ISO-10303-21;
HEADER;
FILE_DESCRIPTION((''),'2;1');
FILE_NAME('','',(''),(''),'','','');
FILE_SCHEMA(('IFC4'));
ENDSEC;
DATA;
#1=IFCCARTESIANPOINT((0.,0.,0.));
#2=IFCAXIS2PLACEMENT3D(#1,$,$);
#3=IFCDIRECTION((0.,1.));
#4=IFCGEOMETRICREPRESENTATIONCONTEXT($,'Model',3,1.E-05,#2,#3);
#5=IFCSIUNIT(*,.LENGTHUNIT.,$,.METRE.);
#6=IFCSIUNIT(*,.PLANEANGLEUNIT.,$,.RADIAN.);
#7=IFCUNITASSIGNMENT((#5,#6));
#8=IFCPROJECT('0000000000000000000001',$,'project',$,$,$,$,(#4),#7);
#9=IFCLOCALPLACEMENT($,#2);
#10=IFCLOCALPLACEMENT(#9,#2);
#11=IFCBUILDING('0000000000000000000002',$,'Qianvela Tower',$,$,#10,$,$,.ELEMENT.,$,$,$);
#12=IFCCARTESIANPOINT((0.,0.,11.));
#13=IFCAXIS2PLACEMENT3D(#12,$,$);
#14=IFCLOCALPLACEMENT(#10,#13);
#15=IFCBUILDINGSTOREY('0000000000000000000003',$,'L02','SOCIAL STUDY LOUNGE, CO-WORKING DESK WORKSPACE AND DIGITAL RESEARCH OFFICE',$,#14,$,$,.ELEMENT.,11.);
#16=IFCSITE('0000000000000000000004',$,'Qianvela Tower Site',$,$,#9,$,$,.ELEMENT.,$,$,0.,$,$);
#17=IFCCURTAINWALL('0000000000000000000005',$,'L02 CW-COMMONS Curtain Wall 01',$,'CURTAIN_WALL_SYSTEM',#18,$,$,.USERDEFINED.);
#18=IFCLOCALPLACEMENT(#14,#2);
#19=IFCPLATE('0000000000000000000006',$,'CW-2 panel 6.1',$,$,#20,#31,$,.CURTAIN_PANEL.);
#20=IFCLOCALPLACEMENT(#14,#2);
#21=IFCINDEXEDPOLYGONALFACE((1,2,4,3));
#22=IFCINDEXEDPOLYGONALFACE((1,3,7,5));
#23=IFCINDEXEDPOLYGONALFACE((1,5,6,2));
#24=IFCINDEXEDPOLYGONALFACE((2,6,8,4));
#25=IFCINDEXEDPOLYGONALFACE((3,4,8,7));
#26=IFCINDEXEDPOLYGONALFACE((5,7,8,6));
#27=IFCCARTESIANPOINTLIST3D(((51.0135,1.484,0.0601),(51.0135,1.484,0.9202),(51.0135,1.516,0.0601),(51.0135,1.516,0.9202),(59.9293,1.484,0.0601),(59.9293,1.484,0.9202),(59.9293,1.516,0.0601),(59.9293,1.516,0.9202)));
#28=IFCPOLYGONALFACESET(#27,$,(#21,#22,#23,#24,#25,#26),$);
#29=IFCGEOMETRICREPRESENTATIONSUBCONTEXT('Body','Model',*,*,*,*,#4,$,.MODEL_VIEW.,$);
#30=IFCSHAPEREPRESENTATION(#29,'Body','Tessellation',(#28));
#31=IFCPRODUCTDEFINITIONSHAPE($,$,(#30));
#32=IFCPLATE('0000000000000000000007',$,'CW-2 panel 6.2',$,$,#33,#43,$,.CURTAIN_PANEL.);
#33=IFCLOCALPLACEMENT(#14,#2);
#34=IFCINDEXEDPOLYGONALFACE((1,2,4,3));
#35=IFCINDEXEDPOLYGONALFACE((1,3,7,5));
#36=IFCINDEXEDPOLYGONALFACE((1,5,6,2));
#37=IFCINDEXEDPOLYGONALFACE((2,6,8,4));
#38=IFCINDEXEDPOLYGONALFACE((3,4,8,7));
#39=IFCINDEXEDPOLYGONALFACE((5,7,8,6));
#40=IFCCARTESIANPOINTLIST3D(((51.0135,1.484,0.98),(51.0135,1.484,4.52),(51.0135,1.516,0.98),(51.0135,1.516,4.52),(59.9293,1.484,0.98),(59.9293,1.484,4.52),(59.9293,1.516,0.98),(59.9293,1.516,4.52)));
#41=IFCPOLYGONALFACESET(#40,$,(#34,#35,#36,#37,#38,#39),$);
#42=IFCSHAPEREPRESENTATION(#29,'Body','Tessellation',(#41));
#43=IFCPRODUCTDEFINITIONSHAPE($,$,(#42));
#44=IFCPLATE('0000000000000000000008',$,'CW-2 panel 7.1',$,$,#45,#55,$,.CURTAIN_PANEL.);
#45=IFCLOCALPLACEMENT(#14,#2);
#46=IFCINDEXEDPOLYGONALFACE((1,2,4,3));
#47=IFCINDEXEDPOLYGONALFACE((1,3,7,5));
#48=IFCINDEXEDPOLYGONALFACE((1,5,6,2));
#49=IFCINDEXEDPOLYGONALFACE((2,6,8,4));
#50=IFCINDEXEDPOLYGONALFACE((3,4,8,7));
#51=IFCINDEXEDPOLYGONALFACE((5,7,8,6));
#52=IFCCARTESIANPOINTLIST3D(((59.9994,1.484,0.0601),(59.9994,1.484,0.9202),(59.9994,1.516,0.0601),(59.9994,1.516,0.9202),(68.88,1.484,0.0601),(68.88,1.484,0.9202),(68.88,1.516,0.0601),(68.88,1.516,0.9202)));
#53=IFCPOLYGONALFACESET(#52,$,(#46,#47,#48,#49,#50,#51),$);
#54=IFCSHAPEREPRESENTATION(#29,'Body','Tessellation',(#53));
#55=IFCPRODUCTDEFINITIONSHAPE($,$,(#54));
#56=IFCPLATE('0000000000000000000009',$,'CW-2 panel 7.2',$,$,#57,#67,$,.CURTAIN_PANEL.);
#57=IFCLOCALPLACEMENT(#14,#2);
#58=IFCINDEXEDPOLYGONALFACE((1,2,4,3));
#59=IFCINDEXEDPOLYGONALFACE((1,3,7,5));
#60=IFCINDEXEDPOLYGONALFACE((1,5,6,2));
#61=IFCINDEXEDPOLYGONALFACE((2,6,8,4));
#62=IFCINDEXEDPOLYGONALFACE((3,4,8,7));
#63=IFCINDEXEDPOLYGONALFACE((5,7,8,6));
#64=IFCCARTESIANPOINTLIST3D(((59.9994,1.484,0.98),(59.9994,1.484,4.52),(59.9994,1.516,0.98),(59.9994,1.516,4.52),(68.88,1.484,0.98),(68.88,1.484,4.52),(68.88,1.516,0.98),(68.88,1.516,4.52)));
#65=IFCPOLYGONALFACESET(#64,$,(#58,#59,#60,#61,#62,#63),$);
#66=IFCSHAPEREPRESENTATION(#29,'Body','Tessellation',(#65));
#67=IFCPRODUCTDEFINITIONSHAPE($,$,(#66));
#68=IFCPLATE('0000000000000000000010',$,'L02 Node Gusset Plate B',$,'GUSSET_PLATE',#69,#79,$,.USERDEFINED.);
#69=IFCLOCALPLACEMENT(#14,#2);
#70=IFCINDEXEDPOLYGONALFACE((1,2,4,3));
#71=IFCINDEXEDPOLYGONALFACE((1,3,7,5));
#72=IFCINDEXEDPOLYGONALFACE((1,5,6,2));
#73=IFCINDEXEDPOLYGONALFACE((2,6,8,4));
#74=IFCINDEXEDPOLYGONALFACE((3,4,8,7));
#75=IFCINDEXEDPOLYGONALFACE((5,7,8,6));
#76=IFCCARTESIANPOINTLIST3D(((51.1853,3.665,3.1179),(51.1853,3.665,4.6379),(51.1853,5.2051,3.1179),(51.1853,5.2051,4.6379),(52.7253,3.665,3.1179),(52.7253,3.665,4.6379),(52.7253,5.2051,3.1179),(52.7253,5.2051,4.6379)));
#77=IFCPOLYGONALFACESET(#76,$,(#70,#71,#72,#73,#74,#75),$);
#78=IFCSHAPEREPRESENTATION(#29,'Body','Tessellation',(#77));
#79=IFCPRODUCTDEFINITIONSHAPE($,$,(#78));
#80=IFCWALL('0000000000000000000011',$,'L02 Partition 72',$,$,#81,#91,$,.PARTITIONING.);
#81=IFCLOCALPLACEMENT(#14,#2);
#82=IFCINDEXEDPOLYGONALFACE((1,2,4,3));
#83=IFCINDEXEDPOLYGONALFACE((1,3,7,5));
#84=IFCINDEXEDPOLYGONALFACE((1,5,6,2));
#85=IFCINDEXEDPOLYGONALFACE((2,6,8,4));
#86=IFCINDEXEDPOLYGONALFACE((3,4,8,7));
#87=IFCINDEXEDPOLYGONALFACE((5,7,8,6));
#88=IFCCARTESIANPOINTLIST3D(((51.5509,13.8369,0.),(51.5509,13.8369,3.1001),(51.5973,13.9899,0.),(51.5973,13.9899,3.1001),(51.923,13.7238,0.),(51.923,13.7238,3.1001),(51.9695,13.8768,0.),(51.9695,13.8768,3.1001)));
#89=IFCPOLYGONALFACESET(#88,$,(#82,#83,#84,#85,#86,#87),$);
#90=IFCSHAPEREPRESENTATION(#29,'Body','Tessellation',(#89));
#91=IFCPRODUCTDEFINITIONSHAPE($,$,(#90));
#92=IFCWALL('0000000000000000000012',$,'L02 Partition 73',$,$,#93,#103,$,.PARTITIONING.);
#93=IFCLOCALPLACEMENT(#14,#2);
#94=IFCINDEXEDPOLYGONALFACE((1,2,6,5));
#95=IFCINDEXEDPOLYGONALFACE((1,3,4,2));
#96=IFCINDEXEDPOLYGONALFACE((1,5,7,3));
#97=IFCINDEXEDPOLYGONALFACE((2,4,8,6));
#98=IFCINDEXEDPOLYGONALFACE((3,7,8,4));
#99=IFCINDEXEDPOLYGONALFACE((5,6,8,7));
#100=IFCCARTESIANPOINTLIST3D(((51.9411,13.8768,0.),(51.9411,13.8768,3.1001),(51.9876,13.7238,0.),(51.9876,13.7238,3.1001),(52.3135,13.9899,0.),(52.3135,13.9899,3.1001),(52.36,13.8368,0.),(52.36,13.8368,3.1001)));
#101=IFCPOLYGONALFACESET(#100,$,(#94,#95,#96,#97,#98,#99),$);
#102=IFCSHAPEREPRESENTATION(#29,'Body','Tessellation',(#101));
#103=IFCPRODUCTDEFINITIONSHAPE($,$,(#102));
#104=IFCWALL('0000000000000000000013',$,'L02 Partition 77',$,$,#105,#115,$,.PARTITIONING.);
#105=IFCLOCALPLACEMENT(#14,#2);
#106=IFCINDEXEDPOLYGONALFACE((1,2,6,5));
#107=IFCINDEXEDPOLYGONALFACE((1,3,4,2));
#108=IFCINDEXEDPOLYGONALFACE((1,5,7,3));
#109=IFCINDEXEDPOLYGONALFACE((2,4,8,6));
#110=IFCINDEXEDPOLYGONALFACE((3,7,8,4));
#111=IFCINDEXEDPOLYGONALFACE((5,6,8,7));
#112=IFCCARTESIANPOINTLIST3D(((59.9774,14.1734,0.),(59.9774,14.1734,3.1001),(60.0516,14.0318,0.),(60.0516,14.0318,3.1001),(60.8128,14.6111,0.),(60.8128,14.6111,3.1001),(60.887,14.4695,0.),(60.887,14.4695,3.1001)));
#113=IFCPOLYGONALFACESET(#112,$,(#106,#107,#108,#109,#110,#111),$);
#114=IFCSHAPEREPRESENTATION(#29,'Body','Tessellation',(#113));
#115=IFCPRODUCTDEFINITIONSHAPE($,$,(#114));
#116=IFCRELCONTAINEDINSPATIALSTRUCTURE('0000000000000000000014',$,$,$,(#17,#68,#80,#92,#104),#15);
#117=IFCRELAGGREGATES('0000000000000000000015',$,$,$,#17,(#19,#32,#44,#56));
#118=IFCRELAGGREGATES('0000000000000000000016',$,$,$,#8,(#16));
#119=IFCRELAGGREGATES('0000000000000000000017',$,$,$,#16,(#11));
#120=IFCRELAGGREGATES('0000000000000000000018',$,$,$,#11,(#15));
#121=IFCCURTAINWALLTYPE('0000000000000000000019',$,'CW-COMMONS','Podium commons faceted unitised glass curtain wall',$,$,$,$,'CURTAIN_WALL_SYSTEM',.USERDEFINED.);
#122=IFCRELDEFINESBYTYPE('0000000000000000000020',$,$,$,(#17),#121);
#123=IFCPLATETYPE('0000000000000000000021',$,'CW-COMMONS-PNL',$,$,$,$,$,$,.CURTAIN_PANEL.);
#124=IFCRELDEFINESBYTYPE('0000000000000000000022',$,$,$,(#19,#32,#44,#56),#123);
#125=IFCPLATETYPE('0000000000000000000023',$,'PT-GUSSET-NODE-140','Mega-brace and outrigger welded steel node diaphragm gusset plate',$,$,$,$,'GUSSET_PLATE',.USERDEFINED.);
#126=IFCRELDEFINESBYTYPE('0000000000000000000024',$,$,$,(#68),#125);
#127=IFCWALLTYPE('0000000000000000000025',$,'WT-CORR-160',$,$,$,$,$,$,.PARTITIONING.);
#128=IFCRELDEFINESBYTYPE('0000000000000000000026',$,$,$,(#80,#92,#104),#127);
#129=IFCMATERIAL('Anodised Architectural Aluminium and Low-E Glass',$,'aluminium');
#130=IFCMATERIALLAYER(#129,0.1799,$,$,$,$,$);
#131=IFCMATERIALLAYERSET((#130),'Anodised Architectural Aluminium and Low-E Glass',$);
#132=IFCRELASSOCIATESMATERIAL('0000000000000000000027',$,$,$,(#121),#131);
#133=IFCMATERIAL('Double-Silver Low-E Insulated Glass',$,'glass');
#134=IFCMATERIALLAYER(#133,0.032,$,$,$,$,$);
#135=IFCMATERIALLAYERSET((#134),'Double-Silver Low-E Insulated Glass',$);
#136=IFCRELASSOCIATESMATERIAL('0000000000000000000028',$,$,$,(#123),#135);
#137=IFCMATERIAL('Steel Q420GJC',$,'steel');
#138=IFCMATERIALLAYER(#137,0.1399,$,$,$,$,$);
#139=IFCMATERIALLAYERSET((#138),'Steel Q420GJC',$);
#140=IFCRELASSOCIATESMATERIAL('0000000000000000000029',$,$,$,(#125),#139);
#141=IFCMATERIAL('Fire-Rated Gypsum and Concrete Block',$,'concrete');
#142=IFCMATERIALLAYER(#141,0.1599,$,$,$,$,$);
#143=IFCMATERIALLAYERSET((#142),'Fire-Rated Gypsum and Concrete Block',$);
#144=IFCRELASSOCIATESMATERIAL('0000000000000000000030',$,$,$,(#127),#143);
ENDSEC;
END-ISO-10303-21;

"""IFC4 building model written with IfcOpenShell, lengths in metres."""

from ifc_helpers import new_model, si_unit, direction, frame, frame_2d, origin, origin_2d, place, context, subcontext, project, spatial, rectangle, extrude, material, layer, layer_set, type_object, element, aggregate, save


model = new_model("IFC4")

# Units and contexts
model_context = context("Model", 3, precision=1e-05, world=origin(), true_north=direction((0.0, 1.0)))
body_context = subcontext(model_context, "Body", "Model", "MODEL_VIEW")
ifc_project = project(units=[si_unit("LENGTHUNIT", "METRE"), si_unit("PLANEANGLEUNIT", "RADIAN")], contexts=[model_context])

# Site, building, storey
site_placement = place(None, origin())
site = spatial("IfcSite", under=ifc_project, at=site_placement, Name="Qianvela Tower Site", CompositionType="ELEMENT", RefElevation=0.0)
building_placement = place(site_placement, origin())
building = spatial("IfcBuilding", under=site, at=building_placement, Name="Qianvela Tower", CompositionType="ELEMENT")
storey_placement = place(building_placement, frame((0.0, 0.0, 11.0)))
storey = spatial("IfcBuildingStorey", under=building, at=storey_placement, Name="L02", Description="SOCIAL STUDY LOUNGE, CO-WORKING DESK WORKSPACE AND DIGITAL RESEARCH OFFICE", CompositionType="ELEMENT", Elevation=11.0)

# Curtain wall
ifc_material_1 = material(Name="Anodised Architectural Aluminium and Low-E Glass", Category="aluminium")
ifc_layer_1 = layer(ifc_material_1, 0.1799)
ifc_layer_set_1 = layer_set([ifc_layer_1], Name="Anodised Architectural Aluminium and Low-E Glass")
curtain_wall_type = type_object("IfcCurtainWallType", Name="CW-COMMONS", Description="Podium commons faceted unitised glass curtain wall", ElementType="CURTAIN_WALL_SYSTEM", PredefinedType="USERDEFINED", material=ifc_layer_set_1)
curtain_wall_placement = place(storey_placement, origin())
curtain_wall = element("IfcCurtainWall", 1, at=curtain_wall_placement, inside=storey, type_object=curtain_wall_type, Name="L02 CW-COMMONS Curtain Wall 01", ObjectType="CURTAIN_WALL_SYSTEM", PredefinedType="USERDEFINED")

# Plates
ifc_material_2 = material(Name="Double-Silver Low-E Insulated Glass", Category="glass")
ifc_layer_2 = layer(ifc_material_2, 0.032)
ifc_layer_set_2 = layer_set([ifc_layer_2], Name="Double-Silver Low-E Insulated Glass")
plate_type_1 = type_object("IfcPlateType", Name="CW-COMMONS-PNL", PredefinedType="CURTAIN_PANEL", material=ifc_layer_set_2)
plate_1_placement = place(storey_placement, frame((55.4714, 1.5, 0.0601), z_axis=(0.0, 0.0, 1.0), x_axis=(1.0, 0.0, 0.0)))
plate_1 = element("IfcPlate", 2, at=plate_1_placement, type_object=plate_type_1, Name="CW-2 panel 6.1", PredefinedType="CURTAIN_PANEL", context=body_context, shape_type="SweptSolid", body=[
    extrude(rectangle(XDim=8.9158, YDim=0.032, at=origin_2d()), origin(), (0.0, 0.0, 1.0), 0.8601),
])
plate_2_placement = place(storey_placement, frame((55.4714, 1.5, 0.98), z_axis=(0.0, 0.0, 1.0), x_axis=(1.0, 0.0, 0.0)))
plate_2 = element("IfcPlate", 3, at=plate_2_placement, type_object=plate_type_1, Name="CW-2 panel 6.2", PredefinedType="CURTAIN_PANEL", context=body_context, shape_type="SweptSolid", body=[
    extrude(rectangle(XDim=8.9158, YDim=0.032, at=origin_2d()), origin(), (0.0, 0.0, 1.0), 3.54),
])
plate_3_placement = place(storey_placement, frame((64.4397, 1.5, 0.0601), z_axis=(0.0, 0.0, 1.0), x_axis=(1.0, 0.0, 0.0)))
plate_3 = element("IfcPlate", 4, at=plate_3_placement, type_object=plate_type_1, Name="CW-2 panel 7.1", PredefinedType="CURTAIN_PANEL", context=body_context, shape_type="SweptSolid", body=[
    extrude(rectangle(XDim=8.8806, YDim=0.032, at=origin_2d()), origin(), (0.0, 0.0, 1.0), 0.8601),
])
plate_4_placement = place(storey_placement, frame((64.4397, 1.5, 0.98), z_axis=(0.0, 0.0, 1.0), x_axis=(1.0, 0.0, 0.0)))
plate_4 = element("IfcPlate", 5, at=plate_4_placement, type_object=plate_type_1, Name="CW-2 panel 7.2", PredefinedType="CURTAIN_PANEL", context=body_context, shape_type="SweptSolid", body=[
    extrude(rectangle(XDim=8.8806, YDim=0.032, at=origin_2d()), origin(), (0.0, 0.0, 1.0), 3.54),
])
aggregate(curtain_wall, [plate_1, plate_2, plate_3, plate_4])
ifc_material_3 = material(Name="Steel Q420GJC", Category="steel")
ifc_layer_3 = layer(ifc_material_3, 0.1399)
ifc_layer_set_3 = layer_set([ifc_layer_3], Name="Steel Q420GJC")
plate_type_2 = type_object("IfcPlateType", Name="PT-GUSSET-NODE-140", Description="Mega-brace and outrigger welded steel node diaphragm gusset plate", ElementType="GUSSET_PLATE", PredefinedType="USERDEFINED", material=ifc_layer_set_3)
plate_5_placement = place(storey_placement, frame((51.9553, 4.4351, 3.1179), z_axis=(0.0, 0.0, 1.0), x_axis=(1.0, 0.0, 0.0)))
element("IfcPlate", 6, at=plate_5_placement, inside=storey, type_object=plate_type_2, Name="L02 Node Gusset Plate B", ObjectType="GUSSET_PLATE", PredefinedType="USERDEFINED", context=body_context, shape_type="SweptSolid", body=[
    extrude(rectangle(XDim=1.54, YDim=1.54, at=origin_2d()), origin(), (0.0, 0.0, 1.0), 1.52),
])

# Walls
ifc_material_4 = material(Name="Fire-Rated Gypsum and Concrete Block", Category="concrete")
ifc_layer_4 = layer(ifc_material_4, 0.1599)
ifc_layer_set_4 = layer_set([ifc_layer_4], Name="Fire-Rated Gypsum and Concrete Block")
wall_type = type_object("IfcWallType", Name="WT-CORR-160", PredefinedType="PARTITIONING", material=ifc_layer_set_4)
wall_1_placement = place(storey_placement, frame((51.5742, 13.9133, 0.0), z_axis=(0.0, 0.0, 1.0), x_axis=(0.956818, -0.290687, 0.0)))
element("IfcWall", 7, at=wall_1_placement, inside=storey, type_object=wall_type, Name="L02 Partition 72", PredefinedType="PARTITIONING", context=body_context, shape_type="SweptSolid", body=[
    extrude(rectangle(XDim=0.3889, YDim=0.1599, at=frame_2d((0.1943, 0.0))), origin(), (0.0, 0.0, 1.0), 3.1001),
])
wall_2_placement = place(storey_placement, frame((51.9644, 13.8003, 0.0), z_axis=(0.0, 0.0, 1.0), x_axis=(0.956871, 0.290512, 0.0)))
element("IfcWall", 8, at=wall_2_placement, inside=storey, type_object=wall_type, Name="L02 Partition 73", PredefinedType="PARTITIONING", context=body_context, shape_type="SweptSolid", body=[
    extrude(rectangle(XDim=0.3892, YDim=0.1599, at=frame_2d((0.1946, 0.0))), origin(), (0.0, 0.0, 1.0), 3.1001),
])
wall_3_placement = place(storey_placement, frame((60.0144, 14.1025, 0.0), z_axis=(0.0, 0.0, 1.0), x_axis=(0.885776, 0.464113, 0.0)))
element("IfcWall", 9, at=wall_3_placement, inside=storey, type_object=wall_type, Name="L02 Partition 77", PredefinedType="PARTITIONING", context=body_context, shape_type="SweptSolid", body=[
    extrude(rectangle(XDim=0.9431, YDim=0.1599, at=frame_2d((0.4717, 0.0))), origin(), (0.0, 0.0, 1.0), 3.1001),
])

save(model, "model.ifc")
